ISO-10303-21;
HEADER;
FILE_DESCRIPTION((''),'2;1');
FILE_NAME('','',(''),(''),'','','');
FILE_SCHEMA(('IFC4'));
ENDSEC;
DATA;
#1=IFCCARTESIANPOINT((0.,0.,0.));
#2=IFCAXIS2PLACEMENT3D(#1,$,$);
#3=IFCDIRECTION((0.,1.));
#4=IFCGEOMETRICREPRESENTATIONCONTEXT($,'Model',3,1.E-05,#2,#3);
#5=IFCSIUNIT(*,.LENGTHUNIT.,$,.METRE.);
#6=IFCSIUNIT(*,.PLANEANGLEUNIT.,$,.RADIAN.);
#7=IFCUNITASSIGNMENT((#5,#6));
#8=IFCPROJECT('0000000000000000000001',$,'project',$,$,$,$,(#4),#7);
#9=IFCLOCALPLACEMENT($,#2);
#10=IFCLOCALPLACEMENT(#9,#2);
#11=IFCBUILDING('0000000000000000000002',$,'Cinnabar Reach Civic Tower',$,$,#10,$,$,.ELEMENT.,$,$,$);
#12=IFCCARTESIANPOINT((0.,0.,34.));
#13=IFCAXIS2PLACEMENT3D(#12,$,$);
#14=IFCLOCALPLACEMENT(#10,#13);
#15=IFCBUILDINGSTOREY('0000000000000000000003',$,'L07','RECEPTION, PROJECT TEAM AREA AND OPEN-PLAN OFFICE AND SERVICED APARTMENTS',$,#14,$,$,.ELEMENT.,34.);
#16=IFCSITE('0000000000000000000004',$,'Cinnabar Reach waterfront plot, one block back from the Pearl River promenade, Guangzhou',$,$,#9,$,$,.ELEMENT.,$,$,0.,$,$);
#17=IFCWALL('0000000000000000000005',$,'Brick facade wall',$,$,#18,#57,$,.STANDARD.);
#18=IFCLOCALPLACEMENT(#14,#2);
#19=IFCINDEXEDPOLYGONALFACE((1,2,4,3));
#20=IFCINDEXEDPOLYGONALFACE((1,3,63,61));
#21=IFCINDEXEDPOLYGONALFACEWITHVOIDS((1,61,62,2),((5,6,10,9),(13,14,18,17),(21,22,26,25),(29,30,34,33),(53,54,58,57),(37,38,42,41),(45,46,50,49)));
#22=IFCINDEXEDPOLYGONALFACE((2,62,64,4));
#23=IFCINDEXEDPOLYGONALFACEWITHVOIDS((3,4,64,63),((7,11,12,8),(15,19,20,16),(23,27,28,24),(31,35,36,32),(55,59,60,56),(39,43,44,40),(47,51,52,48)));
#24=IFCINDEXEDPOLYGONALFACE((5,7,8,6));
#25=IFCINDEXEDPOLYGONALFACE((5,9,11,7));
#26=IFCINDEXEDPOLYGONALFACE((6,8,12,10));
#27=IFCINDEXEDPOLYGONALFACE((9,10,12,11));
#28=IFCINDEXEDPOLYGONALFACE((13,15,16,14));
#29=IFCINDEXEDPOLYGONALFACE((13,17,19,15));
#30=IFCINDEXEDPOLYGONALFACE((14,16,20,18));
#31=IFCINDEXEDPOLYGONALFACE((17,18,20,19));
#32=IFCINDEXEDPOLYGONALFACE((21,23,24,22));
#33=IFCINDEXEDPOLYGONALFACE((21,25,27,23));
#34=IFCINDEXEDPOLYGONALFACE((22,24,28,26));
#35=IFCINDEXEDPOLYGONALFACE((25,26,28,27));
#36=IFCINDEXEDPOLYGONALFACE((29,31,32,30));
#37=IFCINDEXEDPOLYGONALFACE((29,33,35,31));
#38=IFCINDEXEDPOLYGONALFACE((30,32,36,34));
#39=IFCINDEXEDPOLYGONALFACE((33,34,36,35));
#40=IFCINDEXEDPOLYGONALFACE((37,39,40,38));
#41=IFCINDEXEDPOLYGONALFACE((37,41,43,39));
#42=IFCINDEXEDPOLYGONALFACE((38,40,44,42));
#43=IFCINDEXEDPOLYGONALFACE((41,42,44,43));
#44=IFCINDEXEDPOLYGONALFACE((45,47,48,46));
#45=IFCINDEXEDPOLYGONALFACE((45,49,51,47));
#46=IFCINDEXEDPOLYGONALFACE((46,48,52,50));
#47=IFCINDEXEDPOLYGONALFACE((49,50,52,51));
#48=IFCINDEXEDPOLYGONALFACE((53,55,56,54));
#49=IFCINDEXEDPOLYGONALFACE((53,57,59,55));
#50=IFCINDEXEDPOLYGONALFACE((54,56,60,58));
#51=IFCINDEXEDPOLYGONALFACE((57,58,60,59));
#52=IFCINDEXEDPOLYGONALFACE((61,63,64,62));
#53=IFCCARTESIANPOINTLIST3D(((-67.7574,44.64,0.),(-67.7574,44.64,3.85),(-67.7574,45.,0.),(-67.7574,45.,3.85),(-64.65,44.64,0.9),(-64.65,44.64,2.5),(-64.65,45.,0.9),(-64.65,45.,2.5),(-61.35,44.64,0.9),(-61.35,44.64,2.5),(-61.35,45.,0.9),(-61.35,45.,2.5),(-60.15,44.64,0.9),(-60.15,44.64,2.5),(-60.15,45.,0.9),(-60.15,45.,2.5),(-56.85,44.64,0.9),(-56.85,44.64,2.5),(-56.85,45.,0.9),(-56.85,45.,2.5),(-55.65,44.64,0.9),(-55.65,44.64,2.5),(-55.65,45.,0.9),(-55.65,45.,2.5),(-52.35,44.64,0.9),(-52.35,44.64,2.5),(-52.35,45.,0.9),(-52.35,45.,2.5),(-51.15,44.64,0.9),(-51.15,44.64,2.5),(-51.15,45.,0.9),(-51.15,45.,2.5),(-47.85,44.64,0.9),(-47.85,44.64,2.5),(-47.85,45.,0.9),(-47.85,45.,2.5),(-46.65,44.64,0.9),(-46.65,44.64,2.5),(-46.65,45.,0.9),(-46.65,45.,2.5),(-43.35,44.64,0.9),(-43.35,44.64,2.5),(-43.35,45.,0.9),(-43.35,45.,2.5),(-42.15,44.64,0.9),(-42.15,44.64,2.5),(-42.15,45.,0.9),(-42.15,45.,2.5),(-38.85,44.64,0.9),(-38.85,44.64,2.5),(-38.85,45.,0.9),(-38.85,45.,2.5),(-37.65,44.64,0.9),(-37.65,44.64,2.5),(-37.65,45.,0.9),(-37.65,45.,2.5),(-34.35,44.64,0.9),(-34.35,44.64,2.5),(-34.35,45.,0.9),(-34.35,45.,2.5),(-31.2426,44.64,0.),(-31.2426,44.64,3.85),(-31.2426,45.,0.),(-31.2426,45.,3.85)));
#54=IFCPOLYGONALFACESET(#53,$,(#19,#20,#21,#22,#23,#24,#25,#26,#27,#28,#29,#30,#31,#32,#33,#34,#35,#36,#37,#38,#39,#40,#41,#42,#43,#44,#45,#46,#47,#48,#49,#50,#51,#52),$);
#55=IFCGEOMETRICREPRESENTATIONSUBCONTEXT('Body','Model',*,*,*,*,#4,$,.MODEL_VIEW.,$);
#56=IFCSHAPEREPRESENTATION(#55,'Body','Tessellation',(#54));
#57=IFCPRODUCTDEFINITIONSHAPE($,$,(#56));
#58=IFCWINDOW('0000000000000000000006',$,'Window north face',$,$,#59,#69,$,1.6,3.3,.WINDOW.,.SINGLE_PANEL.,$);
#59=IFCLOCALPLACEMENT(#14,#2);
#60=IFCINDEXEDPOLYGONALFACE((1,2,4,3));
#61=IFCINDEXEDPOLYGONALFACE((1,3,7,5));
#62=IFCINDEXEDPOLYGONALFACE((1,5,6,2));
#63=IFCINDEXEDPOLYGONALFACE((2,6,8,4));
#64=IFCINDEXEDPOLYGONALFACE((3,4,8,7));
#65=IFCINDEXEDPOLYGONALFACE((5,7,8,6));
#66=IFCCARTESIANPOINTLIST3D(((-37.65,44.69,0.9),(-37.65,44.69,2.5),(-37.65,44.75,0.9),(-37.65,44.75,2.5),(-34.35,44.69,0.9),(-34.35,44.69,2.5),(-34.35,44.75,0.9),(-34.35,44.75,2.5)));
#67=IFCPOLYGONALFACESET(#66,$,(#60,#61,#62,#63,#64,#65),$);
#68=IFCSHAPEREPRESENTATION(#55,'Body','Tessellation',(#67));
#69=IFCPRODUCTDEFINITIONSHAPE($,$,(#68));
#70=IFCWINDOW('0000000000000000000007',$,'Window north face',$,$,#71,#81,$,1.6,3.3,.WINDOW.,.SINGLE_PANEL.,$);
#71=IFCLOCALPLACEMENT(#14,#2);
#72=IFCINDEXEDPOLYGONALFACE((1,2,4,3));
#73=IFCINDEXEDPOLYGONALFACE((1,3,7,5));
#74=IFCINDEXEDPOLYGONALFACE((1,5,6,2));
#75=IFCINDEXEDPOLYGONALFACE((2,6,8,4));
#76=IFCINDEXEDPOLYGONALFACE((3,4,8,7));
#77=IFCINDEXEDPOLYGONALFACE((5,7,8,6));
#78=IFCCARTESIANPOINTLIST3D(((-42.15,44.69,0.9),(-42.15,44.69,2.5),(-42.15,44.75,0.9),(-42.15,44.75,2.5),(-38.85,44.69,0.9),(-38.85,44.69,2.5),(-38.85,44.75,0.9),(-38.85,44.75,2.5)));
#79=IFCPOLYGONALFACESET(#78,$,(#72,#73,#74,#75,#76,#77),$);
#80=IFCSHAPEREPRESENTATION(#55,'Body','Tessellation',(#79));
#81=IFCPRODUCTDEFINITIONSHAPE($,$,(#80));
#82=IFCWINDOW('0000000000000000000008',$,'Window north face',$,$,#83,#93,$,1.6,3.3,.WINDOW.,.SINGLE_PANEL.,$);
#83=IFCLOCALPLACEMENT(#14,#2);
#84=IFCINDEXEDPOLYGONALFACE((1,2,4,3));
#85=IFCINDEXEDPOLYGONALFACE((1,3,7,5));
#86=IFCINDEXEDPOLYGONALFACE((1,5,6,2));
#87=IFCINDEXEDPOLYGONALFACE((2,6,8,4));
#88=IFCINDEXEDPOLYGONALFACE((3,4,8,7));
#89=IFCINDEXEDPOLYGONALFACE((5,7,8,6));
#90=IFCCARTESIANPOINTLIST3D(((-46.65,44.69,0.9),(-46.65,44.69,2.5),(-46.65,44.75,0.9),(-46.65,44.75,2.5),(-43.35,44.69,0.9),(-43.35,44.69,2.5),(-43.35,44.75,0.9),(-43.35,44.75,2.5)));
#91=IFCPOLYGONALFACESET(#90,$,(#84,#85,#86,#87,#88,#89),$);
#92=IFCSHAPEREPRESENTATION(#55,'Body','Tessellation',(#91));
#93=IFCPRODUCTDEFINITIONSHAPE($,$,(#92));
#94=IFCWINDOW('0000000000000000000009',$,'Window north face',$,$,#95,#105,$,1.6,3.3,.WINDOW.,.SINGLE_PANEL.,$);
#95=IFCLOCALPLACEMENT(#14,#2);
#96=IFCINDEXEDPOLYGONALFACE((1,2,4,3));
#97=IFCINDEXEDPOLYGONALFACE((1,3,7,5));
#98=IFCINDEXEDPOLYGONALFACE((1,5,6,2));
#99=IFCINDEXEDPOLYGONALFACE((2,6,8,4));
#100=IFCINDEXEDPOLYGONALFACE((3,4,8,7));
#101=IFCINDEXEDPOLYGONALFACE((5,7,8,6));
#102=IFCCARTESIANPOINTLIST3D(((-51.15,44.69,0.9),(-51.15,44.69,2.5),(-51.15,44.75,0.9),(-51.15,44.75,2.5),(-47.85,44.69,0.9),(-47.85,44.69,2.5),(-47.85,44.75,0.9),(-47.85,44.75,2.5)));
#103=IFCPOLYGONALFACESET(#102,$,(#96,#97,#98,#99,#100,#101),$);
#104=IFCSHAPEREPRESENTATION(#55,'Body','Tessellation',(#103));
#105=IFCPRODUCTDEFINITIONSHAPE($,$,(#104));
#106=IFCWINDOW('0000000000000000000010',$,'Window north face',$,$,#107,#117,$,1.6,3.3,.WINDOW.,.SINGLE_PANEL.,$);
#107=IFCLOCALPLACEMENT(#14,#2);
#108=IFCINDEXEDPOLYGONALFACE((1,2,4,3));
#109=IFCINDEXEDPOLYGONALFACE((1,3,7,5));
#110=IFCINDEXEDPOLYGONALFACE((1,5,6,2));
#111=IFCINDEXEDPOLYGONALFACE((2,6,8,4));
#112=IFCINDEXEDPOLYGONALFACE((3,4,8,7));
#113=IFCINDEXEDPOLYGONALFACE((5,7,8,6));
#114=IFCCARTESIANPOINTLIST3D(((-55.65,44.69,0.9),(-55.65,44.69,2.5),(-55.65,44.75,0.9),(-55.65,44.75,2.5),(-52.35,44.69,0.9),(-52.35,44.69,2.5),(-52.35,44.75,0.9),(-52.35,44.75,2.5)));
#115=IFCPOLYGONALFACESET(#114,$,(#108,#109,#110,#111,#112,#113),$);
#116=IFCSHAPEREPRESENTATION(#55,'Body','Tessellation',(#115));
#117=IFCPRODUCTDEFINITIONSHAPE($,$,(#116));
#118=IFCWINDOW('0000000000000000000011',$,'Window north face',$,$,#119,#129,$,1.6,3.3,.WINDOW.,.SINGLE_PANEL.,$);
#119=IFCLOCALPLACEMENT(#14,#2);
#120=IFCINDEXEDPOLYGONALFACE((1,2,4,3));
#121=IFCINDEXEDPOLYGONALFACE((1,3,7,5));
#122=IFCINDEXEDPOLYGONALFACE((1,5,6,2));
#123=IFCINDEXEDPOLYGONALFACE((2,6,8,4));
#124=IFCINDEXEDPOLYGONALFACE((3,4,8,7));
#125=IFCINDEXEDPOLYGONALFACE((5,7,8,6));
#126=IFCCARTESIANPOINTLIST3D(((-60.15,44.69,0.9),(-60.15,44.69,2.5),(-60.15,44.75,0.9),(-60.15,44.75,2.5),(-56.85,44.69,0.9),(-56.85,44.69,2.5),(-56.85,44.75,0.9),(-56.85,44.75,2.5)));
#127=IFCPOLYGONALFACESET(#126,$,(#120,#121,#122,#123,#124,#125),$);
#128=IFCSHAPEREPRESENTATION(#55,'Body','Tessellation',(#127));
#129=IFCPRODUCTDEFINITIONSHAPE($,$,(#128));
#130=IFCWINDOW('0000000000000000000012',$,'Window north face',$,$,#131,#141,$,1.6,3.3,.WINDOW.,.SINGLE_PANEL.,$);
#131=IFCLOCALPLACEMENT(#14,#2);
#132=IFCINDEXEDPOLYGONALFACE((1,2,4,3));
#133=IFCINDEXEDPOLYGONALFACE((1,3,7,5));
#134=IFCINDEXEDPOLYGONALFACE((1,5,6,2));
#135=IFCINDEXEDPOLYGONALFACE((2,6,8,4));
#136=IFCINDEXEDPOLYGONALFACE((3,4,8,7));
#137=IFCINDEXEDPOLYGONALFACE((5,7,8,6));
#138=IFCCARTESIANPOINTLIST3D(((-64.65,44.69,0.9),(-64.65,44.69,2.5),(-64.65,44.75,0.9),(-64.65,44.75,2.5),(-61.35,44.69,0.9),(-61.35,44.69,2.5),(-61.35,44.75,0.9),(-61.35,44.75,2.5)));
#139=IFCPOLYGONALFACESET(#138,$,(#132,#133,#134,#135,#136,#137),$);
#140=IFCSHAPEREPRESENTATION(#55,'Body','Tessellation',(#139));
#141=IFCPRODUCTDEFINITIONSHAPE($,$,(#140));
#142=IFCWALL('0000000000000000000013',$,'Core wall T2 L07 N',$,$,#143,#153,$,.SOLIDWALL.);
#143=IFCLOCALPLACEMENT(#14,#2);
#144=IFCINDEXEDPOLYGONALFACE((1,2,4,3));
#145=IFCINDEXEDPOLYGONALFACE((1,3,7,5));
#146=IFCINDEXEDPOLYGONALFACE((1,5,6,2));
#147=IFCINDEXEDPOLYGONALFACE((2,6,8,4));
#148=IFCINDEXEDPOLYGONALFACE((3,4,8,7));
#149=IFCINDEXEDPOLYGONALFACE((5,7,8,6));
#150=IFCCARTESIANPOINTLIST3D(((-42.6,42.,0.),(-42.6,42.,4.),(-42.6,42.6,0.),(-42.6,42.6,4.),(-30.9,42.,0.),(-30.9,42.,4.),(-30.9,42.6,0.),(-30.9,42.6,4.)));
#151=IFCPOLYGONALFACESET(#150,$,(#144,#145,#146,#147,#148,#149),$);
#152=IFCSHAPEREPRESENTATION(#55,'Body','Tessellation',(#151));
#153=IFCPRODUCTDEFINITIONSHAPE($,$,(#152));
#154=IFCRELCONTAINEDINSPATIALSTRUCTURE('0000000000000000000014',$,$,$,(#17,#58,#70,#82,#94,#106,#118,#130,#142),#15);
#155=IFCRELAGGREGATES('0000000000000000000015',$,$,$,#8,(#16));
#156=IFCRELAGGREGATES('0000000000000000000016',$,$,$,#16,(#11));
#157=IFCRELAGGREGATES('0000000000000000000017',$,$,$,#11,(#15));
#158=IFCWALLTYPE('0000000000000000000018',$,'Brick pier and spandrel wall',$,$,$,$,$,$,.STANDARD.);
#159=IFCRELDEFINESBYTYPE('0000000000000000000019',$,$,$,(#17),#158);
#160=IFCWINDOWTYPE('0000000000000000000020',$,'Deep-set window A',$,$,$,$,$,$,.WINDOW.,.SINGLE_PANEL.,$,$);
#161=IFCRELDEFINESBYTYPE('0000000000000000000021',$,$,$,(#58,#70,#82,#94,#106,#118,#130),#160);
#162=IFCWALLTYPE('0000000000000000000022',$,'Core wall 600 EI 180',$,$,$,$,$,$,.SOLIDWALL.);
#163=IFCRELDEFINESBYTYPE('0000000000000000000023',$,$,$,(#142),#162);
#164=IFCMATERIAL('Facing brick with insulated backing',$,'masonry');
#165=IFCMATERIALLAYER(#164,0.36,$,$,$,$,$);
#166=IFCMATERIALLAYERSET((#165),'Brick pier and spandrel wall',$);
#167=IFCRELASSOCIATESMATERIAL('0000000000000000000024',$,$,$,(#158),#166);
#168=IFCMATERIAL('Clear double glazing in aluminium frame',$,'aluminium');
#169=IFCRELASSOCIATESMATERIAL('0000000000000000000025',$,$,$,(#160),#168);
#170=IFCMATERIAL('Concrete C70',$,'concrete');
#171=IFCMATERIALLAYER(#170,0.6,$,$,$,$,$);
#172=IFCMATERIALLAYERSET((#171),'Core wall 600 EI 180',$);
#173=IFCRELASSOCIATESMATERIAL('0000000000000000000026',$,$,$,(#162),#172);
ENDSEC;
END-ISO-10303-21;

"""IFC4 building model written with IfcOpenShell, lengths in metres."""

from ifc_helpers import new_model, si_unit, direction, frame, frame_2d, origin, place, context, subcontext, project, spatial, rectangle, extrude, material, layer, layer_set, type_object, element, fill, save


model = new_model("IFC4")

# Units and contexts
model_context = context("Model", 3, precision=1e-05, world=origin(), true_north=direction((0.0, 1.0)))
body_context = subcontext(model_context, "Body", "Model", "MODEL_VIEW")
ifc_project = project(units=[si_unit("LENGTHUNIT", "METRE"), si_unit("PLANEANGLEUNIT", "RADIAN")], contexts=[model_context])

# Site, building, storey
site_placement = place(None, origin())
site = spatial("IfcSite", under=ifc_project, at=site_placement, Name="Cinnabar Reach waterfront plot, one block back from the Pearl River promenade, Guangzhou", CompositionType="ELEMENT", RefElevation=0.0)
building_placement = place(site_placement, origin())
building = spatial("IfcBuilding", under=site, at=building_placement, Name="Cinnabar Reach Civic Tower", CompositionType="ELEMENT")
storey_placement = place(building_placement, frame((0.0, 0.0, 34.0)))
storey = spatial("IfcBuildingStorey", under=building, at=storey_placement, Name="L07", Description="RECEPTION, PROJECT TEAM AREA AND OPEN-PLAN OFFICE AND SERVICED APARTMENTS", CompositionType="ELEMENT", Elevation=34.0)

# Shared definitions
ifc_material_1 = material(Name="Facing brick with insulated backing", Category="masonry")
ifc_layer_1 = layer(ifc_material_1, 0.36)
ifc_layer_set_1 = layer_set([ifc_layer_1], Name="Brick pier and spandrel wall")
wall_type_1 = type_object("IfcWallType", Name="Brick pier and spandrel wall", PredefinedType="STANDARD", material=ifc_layer_set_1)

# Wall, openings, windows
wall_1_placement = place(storey_placement, frame((-31.2426, 44.82, 0.0), z_axis=(0.0, 0.0, 1.0), x_axis=(-1.0, 0.0, 0.0)))
wall_1 = element("IfcWall", 1, at=wall_1_placement, inside=storey, type_object=wall_type_1, Name="Brick facade wall", PredefinedType="STANDARD", context=body_context, shape_type="SweptSolid", body=[
    extrude(rectangle(XDim=36.5148, YDim=0.36, at=frame_2d((18.2574, 0.0))), origin(), (0.0, 0.0, 1.0), 3.85),
])
opening_1_placement = place(wall_1_placement, frame((3.1074, 0.0, 0.9)))
opening_1 = element("IfcOpeningElement", 2, at=opening_1_placement, cuts=wall_1, PredefinedType="OPENING", context=body_context, shape_type="SweptSolid", body=[
    extrude(rectangle(XDim=3.3, YDim=1.6, at=frame_2d((1.65, 0.8))), frame((0.0, 0.19, 0.0), z_axis=(0.0, -1.0, 0.0), x_axis=(1.0, 0.0, 0.0)), (0.0, 0.0, 1.0), 0.38),
])
opening_2_placement = place(wall_1_placement, frame((7.6074, 0.0, 0.9)))
opening_2 = element("IfcOpeningElement", 3, at=opening_2_placement, cuts=wall_1, PredefinedType="OPENING", context=body_context, shape_type="SweptSolid", body=[
    extrude(rectangle(XDim=3.3, YDim=1.6, at=frame_2d((1.65, 0.8))), frame((0.0, 0.19, 0.0), z_axis=(0.0, -1.0, 0.0), x_axis=(1.0, 0.0, 0.0)), (0.0, 0.0, 1.0), 0.38),
])
opening_3_placement = place(wall_1_placement, frame((12.1074, 0.0, 0.9)))
opening_3 = element("IfcOpeningElement", 4, at=opening_3_placement, cuts=wall_1, PredefinedType="OPENING", context=body_context, shape_type="SweptSolid", body=[
    extrude(rectangle(XDim=3.3, YDim=1.6, at=frame_2d((1.65, 0.8))), frame((0.0, 0.19, 0.0), z_axis=(0.0, -1.0, 0.0), x_axis=(1.0, 0.0, 0.0)), (0.0, 0.0, 1.0), 0.38),
])
opening_4_placement = place(wall_1_placement, frame((16.6074, 0.0, 0.9)))
opening_4 = element("IfcOpeningElement", 5, at=opening_4_placement, cuts=wall_1, PredefinedType="OPENING", context=body_context, shape_type="SweptSolid", body=[
    extrude(rectangle(XDim=3.3, YDim=1.6, at=frame_2d((1.65, 0.8))), frame((0.0, 0.19, 0.0), z_axis=(0.0, -1.0, 0.0), x_axis=(1.0, 0.0, 0.0)), (0.0, 0.0, 1.0), 0.38),
])
opening_5_placement = place(wall_1_placement, frame((21.1074, 0.0, 0.9)))
opening_5 = element("IfcOpeningElement", 6, at=opening_5_placement, cuts=wall_1, PredefinedType="OPENING", context=body_context, shape_type="SweptSolid", body=[
    extrude(rectangle(XDim=3.3, YDim=1.6, at=frame_2d((1.65, 0.8))), frame((0.0, 0.19, 0.0), z_axis=(0.0, -1.0, 0.0), x_axis=(1.0, 0.0, 0.0)), (0.0, 0.0, 1.0), 0.38),
])
opening_6_placement = place(wall_1_placement, frame((25.6074, 0.0, 0.9)))
opening_6 = element("IfcOpeningElement", 7, at=opening_6_placement, cuts=wall_1, PredefinedType="OPENING", context=body_context, shape_type="SweptSolid", body=[
    extrude(rectangle(XDim=3.3, YDim=1.6, at=frame_2d((1.65, 0.8))), frame((0.0, 0.19, 0.0), z_axis=(0.0, -1.0, 0.0), x_axis=(1.0, 0.0, 0.0)), (0.0, 0.0, 1.0), 0.38),
])
opening_7_placement = place(wall_1_placement, frame((30.1074, 0.0, 0.9)))
opening_7 = element("IfcOpeningElement", 8, at=opening_7_placement, cuts=wall_1, PredefinedType="OPENING", context=body_context, shape_type="SweptSolid", body=[
    extrude(rectangle(XDim=3.3, YDim=1.6, at=frame_2d((1.65, 0.8))), frame((0.0, 0.19, 0.0), z_axis=(0.0, -1.0, 0.0), x_axis=(1.0, 0.0, 0.0)), (0.0, 0.0, 1.0), 0.38),
])
ifc_material_2 = material(Name="Clear double glazing in aluminium frame", Category="aluminium")
window_type = type_object("IfcWindowType", Name="Deep-set window A", PartitioningType="SINGLE_PANEL", PredefinedType="WINDOW", material=ifc_material_2)
window_1_placement = place(opening_1_placement, origin())
window_1 = element("IfcWindow", 9, at=window_1_placement, inside=storey, type_object=window_type, Name="Window north face", OverallHeight=1.6, OverallWidth=3.3, PartitioningType="SINGLE_PANEL", PredefinedType="WINDOW", context=body_context, shape_type="SweptSolid", body=[
    extrude(rectangle(XDim=3.3, YDim=1.6, at=frame_2d((1.65, 0.8))), frame((0.0, 0.13, 0.0), z_axis=(0.0, -1.0, 0.0), x_axis=(1.0, 0.0, 0.0)), (0.0, 0.0, 1.0), 0.06),
])
fill(opening_1, window_1)
window_2_placement = place(opening_2_placement, origin())
window_2 = element("IfcWindow", 10, at=window_2_placement, inside=storey, type_object=window_type, Name="Window north face", OverallHeight=1.6, OverallWidth=3.3, PartitioningType="SINGLE_PANEL", PredefinedType="WINDOW", context=body_context, shape_type="SweptSolid", body=[
    extrude(rectangle(XDim=3.3, YDim=1.6, at=frame_2d((1.65, 0.8))), frame((0.0, 0.13, 0.0), z_axis=(0.0, -1.0, 0.0), x_axis=(1.0, 0.0, 0.0)), (0.0, 0.0, 1.0), 0.06),
])
fill(opening_2, window_2)
window_3_placement = place(opening_3_placement, origin())
window_3 = element("IfcWindow", 11, at=window_3_placement, inside=storey, type_object=window_type, Name="Window north face", OverallHeight=1.6, OverallWidth=3.3, PartitioningType="SINGLE_PANEL", PredefinedType="WINDOW", context=body_context, shape_type="SweptSolid", body=[
    extrude(rectangle(XDim=3.3, YDim=1.6, at=frame_2d((1.65, 0.8))), frame((0.0, 0.13, 0.0), z_axis=(0.0, -1.0, 0.0), x_axis=(1.0, 0.0, 0.0)), (0.0, 0.0, 1.0), 0.06),
])
fill(opening_3, window_3)
window_4_placement = place(opening_4_placement, origin())
window_4 = element("IfcWindow", 12, at=window_4_placement, inside=storey, type_object=window_type, Name="Window north face", OverallHeight=1.6, OverallWidth=3.3, PartitioningType="SINGLE_PANEL", PredefinedType="WINDOW", context=body_context, shape_type="SweptSolid", body=[
    extrude(rectangle(XDim=3.3, YDim=1.6, at=frame_2d((1.65, 0.8))), frame((0.0, 0.13, 0.0), z_axis=(0.0, -1.0, 0.0), x_axis=(1.0, 0.0, 0.0)), (0.0, 0.0, 1.0), 0.06),
])
fill(opening_4, window_4)
window_5_placement = place(opening_5_placement, origin())
window_5 = element("IfcWindow", 13, at=window_5_placement, inside=storey, type_object=window_type, Name="Window north face", OverallHeight=1.6, OverallWidth=3.3, PartitioningType="SINGLE_PANEL", PredefinedType="WINDOW", context=body_context, shape_type="SweptSolid", body=[
    extrude(rectangle(XDim=3.3, YDim=1.6, at=frame_2d((1.65, 0.8))), frame((0.0, 0.13, 0.0), z_axis=(0.0, -1.0, 0.0), x_axis=(1.0, 0.0, 0.0)), (0.0, 0.0, 1.0), 0.06),
])
fill(opening_5, window_5)
window_6_placement = place(opening_6_placement, origin())
window_6 = element("IfcWindow", 14, at=window_6_placement, inside=storey, type_object=window_type, Name="Window north face", OverallHeight=1.6, OverallWidth=3.3, PartitioningType="SINGLE_PANEL", PredefinedType="WINDOW", context=body_context, shape_type="SweptSolid", body=[
    extrude(rectangle(XDim=3.3, YDim=1.6, at=frame_2d((1.65, 0.8))), frame((0.0, 0.13, 0.0), z_axis=(0.0, -1.0, 0.0), x_axis=(1.0, 0.0, 0.0)), (0.0, 0.0, 1.0), 0.06),
])
fill(opening_6, window_6)
window_7_placement = place(opening_7_placement, origin())
window_7 = element("IfcWindow", 15, at=window_7_placement, inside=storey, type_object=window_type, Name="Window north face", OverallHeight=1.6, OverallWidth=3.3, PartitioningType="SINGLE_PANEL", PredefinedType="WINDOW", context=body_context, shape_type="SweptSolid", body=[
    extrude(rectangle(XDim=3.3, YDim=1.6, at=frame_2d((1.65, 0.8))), frame((0.0, 0.13, 0.0), z_axis=(0.0, -1.0, 0.0), x_axis=(1.0, 0.0, 0.0)), (0.0, 0.0, 1.0), 0.06),
])
fill(opening_7, window_7)

# Wall
ifc_material_3 = material(Name="Concrete C70", Category="concrete")
ifc_layer_2 = layer(ifc_material_3, 0.6)
ifc_layer_set_2 = layer_set([ifc_layer_2], Name="Core wall 600 EI 180")
wall_type_2 = type_object("IfcWallType", Name="Core wall 600 EI 180", PredefinedType="SOLIDWALL", material=ifc_layer_set_2)
wall_2_placement = place(storey_placement, frame((-30.9, 42.3, 0.0), z_axis=(0.0, 0.0, 1.0), x_axis=(-1.0, 0.0, 0.0)))
element("IfcWall", 16, at=wall_2_placement, inside=storey, type_object=wall_type_2, Name="Core wall T2 L07 N", PredefinedType="SOLIDWALL", context=body_context, shape_type="SweptSolid", body=[
    extrude(rectangle(XDim=11.7, YDim=0.6, at=frame_2d((5.85, 0.0))), origin(), (0.0, 0.0, 1.0), 4.0),
])

save(model, "model.ifc")
